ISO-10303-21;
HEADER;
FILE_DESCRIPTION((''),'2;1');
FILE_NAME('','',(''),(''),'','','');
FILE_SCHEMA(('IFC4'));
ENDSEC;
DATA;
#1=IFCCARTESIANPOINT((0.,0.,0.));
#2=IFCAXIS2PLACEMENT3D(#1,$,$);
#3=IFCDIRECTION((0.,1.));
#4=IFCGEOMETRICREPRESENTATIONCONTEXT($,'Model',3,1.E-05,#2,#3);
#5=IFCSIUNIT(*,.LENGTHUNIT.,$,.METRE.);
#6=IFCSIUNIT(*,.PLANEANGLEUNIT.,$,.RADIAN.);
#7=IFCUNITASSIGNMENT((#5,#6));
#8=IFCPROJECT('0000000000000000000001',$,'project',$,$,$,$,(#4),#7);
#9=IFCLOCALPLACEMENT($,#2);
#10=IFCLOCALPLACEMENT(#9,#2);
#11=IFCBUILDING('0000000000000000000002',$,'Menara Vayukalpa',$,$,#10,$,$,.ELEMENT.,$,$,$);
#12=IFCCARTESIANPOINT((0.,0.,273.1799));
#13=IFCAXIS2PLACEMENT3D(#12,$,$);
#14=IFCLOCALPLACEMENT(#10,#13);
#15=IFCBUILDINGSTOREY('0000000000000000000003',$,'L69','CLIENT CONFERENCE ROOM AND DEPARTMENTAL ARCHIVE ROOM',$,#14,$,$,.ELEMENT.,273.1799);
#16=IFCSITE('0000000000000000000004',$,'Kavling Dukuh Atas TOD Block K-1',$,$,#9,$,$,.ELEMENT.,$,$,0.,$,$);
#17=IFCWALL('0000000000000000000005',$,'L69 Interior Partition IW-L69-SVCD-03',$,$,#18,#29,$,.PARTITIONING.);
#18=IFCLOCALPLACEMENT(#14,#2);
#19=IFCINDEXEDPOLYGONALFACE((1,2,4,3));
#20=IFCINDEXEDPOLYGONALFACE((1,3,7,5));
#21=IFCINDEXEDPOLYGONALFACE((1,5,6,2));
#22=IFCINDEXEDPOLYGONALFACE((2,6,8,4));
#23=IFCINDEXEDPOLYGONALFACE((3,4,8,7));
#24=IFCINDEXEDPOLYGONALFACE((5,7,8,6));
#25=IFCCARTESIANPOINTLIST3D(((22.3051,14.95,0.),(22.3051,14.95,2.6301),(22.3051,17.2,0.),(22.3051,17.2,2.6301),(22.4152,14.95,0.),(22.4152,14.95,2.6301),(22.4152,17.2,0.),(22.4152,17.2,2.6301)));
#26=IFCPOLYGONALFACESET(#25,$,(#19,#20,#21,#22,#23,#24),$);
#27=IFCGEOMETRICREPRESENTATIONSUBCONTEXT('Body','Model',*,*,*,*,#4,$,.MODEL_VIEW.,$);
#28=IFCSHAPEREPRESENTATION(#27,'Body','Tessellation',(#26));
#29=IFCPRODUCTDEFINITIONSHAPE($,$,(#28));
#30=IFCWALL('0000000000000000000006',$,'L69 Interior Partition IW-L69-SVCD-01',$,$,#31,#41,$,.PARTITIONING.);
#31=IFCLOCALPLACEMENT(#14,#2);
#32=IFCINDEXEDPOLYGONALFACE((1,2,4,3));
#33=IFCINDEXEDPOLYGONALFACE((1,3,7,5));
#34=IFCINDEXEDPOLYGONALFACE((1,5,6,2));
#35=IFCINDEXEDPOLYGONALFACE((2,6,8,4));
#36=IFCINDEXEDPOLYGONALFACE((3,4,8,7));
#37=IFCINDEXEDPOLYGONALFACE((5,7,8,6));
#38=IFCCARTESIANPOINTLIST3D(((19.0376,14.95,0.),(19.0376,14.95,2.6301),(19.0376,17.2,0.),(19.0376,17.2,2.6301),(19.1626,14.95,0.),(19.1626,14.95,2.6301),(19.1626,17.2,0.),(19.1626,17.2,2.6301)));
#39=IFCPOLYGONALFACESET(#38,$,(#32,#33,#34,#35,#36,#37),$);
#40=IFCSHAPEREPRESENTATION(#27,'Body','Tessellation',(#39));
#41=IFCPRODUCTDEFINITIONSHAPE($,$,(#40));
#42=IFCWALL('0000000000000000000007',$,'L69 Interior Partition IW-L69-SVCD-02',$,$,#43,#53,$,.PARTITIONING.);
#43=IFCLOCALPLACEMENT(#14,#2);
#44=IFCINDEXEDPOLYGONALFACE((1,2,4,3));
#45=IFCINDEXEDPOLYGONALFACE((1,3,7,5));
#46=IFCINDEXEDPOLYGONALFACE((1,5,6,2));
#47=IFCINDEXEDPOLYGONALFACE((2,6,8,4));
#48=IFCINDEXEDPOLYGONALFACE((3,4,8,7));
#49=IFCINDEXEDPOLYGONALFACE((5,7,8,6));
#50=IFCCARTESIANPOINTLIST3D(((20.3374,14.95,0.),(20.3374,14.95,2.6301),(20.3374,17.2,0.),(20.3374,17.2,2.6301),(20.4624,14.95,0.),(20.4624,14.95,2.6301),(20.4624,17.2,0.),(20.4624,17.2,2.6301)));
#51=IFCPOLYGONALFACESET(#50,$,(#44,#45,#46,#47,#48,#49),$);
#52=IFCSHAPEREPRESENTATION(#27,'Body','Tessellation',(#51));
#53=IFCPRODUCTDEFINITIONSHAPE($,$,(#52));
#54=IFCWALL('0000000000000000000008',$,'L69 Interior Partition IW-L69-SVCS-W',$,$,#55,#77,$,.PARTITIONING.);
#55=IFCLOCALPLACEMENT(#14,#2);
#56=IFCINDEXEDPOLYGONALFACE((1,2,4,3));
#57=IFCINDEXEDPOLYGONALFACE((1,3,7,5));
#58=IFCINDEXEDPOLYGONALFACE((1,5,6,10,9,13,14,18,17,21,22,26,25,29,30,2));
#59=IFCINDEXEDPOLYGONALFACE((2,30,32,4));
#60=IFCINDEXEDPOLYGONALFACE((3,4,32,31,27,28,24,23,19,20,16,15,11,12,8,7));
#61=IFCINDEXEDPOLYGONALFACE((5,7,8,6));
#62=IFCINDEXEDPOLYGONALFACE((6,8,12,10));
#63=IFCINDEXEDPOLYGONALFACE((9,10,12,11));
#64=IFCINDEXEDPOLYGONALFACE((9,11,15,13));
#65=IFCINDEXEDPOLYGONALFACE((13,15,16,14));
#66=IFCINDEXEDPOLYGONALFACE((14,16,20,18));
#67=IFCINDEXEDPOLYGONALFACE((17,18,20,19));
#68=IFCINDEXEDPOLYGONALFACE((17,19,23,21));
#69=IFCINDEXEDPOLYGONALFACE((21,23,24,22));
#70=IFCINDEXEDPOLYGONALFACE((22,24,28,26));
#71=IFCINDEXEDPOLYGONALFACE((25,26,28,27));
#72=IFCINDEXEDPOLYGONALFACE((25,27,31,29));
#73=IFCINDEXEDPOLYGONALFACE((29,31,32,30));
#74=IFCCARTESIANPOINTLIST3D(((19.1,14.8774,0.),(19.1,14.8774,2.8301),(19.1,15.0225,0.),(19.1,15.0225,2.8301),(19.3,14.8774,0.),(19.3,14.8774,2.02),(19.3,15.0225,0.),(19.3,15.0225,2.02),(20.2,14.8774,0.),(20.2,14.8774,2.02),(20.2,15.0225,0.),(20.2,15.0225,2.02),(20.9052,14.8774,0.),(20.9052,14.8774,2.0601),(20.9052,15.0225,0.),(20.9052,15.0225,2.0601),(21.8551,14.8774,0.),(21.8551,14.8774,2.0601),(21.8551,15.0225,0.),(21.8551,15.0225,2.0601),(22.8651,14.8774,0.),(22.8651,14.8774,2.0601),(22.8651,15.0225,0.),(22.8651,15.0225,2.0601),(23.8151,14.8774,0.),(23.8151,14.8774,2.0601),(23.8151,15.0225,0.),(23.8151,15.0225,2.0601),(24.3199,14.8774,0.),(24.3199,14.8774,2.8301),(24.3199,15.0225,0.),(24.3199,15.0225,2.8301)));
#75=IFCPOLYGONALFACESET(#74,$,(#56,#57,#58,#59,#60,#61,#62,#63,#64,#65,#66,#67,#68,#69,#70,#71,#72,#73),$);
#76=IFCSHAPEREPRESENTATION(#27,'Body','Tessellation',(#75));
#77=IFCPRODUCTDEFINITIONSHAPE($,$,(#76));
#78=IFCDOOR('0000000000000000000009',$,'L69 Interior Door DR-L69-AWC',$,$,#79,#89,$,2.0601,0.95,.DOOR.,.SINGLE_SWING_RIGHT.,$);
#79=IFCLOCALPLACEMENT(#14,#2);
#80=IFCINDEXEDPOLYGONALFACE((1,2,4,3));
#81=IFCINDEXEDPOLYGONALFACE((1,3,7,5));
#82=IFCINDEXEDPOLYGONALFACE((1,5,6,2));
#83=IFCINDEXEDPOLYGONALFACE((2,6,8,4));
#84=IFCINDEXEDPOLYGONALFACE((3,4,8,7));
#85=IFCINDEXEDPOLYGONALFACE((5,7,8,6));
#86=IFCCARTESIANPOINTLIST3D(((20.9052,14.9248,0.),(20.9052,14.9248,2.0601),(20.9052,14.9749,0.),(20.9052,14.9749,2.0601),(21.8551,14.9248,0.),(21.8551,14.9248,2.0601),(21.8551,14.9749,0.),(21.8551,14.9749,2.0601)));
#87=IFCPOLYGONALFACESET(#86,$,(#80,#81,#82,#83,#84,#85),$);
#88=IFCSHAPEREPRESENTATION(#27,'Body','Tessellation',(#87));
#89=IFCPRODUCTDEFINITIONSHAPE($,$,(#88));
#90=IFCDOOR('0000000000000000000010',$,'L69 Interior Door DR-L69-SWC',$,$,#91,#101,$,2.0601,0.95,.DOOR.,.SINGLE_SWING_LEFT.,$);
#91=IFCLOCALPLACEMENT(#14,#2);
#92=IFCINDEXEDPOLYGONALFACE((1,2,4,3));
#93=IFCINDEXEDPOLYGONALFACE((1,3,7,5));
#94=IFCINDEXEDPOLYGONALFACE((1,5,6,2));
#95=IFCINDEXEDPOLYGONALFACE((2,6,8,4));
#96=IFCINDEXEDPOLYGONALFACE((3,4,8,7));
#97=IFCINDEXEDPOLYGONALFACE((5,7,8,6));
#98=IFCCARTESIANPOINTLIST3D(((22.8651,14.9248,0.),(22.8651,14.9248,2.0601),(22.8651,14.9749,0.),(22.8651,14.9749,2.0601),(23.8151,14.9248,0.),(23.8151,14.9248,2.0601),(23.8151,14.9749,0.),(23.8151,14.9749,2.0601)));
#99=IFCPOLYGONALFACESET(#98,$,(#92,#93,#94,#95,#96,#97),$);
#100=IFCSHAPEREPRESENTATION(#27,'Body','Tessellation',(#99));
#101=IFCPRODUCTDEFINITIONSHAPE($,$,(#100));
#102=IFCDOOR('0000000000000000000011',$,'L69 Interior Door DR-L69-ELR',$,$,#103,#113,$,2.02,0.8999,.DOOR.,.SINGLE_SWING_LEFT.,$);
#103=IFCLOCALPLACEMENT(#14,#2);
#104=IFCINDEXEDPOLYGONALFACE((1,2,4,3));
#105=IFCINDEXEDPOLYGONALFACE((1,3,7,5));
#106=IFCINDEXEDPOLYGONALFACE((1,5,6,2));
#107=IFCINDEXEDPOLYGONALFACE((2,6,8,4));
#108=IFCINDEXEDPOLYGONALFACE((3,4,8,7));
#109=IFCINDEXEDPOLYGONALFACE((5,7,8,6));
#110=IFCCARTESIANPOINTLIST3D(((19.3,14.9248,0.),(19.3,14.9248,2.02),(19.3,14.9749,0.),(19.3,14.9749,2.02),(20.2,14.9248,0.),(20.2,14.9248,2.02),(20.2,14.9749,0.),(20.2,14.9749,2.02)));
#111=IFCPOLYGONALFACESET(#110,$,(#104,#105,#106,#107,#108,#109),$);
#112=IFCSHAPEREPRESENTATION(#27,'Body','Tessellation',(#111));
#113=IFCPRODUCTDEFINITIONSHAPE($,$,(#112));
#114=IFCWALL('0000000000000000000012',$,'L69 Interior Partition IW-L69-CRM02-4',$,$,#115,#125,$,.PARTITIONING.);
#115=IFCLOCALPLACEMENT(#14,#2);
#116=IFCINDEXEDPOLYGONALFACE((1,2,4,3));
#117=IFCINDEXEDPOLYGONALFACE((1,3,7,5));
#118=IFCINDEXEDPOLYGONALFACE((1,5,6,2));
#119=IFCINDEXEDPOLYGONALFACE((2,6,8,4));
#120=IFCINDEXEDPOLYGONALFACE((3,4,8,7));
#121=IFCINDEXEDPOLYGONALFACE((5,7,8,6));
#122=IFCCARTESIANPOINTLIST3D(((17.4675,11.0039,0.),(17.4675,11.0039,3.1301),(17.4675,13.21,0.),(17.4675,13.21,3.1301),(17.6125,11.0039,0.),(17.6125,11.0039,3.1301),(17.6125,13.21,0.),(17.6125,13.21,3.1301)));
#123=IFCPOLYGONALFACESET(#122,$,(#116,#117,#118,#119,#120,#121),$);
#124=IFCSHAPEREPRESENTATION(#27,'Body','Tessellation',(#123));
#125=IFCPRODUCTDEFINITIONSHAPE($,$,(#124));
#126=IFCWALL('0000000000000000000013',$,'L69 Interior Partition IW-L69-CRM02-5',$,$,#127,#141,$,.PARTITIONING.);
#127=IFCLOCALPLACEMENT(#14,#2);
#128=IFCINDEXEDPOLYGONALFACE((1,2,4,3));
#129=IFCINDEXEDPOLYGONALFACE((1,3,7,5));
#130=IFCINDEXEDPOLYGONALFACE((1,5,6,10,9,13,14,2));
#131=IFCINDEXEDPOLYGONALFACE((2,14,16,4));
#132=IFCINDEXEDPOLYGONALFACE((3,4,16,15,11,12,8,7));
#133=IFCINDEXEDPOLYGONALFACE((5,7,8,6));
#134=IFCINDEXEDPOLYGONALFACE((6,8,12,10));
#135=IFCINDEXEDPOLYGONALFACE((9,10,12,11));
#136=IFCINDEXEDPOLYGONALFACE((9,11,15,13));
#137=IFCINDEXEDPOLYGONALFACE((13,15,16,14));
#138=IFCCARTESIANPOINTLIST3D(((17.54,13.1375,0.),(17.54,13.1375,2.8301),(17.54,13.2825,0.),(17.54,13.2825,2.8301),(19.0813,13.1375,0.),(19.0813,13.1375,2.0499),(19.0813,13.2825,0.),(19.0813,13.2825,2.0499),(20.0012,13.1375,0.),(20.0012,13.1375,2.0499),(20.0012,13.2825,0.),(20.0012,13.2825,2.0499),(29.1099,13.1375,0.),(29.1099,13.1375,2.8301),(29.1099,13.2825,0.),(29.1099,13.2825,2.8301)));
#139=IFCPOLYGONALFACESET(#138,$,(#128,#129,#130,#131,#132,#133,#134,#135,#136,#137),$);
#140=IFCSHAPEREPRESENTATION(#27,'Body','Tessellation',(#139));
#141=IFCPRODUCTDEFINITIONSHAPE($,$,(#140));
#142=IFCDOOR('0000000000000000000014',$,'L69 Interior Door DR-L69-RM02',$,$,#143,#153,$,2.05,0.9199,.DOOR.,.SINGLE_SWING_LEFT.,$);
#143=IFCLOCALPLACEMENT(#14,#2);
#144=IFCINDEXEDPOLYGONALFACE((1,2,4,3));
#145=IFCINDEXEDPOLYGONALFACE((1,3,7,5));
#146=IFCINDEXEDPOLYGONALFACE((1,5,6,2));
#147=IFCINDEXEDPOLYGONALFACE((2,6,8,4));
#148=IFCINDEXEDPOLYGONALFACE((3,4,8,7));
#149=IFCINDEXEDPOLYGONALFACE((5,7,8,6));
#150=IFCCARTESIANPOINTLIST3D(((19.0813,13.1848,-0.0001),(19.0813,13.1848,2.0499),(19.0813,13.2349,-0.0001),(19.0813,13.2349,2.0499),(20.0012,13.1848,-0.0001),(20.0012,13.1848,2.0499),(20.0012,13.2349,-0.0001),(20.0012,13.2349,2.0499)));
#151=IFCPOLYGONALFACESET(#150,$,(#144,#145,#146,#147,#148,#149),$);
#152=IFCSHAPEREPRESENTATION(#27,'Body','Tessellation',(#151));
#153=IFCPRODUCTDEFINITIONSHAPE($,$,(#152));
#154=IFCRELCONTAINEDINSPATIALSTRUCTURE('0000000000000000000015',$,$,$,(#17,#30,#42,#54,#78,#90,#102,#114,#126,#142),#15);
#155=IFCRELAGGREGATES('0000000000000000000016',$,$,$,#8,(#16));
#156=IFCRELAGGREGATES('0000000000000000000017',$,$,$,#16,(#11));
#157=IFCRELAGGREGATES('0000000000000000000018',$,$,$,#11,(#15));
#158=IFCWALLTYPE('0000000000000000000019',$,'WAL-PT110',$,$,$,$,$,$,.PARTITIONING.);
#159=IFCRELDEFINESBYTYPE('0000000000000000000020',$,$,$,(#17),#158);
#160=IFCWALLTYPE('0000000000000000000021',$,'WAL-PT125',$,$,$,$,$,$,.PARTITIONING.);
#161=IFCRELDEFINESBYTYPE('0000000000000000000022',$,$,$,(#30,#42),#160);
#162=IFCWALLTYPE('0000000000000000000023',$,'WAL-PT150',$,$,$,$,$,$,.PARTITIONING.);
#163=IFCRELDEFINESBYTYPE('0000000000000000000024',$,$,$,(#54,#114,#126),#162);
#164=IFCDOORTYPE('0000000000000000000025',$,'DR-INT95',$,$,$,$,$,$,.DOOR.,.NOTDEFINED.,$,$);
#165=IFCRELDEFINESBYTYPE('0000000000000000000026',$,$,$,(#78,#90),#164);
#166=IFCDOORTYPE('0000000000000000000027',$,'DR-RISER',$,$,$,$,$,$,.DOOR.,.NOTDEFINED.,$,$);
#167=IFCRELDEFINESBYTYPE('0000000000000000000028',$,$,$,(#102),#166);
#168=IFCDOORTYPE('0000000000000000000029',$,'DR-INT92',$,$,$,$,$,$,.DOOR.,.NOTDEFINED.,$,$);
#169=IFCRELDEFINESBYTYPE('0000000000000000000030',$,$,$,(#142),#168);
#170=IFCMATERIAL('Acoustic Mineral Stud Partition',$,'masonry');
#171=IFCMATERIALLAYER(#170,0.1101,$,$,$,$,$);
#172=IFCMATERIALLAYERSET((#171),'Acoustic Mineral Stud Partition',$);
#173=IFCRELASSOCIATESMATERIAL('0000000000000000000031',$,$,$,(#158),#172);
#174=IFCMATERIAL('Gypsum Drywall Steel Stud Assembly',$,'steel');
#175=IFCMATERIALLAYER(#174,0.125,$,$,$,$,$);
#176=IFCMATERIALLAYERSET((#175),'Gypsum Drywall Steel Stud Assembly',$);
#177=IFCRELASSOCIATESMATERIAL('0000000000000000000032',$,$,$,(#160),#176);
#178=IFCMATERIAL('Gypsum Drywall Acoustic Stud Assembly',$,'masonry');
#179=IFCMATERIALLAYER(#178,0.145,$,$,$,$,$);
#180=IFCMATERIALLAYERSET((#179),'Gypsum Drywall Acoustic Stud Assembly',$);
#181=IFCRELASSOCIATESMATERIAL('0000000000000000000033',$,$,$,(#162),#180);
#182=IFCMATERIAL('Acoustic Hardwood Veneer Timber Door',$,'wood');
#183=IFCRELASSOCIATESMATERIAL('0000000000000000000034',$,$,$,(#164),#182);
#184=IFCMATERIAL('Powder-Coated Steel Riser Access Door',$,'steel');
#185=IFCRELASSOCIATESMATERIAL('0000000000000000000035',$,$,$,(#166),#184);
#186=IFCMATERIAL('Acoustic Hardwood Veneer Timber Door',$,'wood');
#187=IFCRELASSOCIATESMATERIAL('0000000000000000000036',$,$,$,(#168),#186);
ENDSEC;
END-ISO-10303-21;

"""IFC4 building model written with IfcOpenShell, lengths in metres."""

from ifc_helpers import new_model, si_unit, direction, frame, frame_2d, origin, place, context, subcontext, project, spatial, rectangle, extrude, material, layer, layer_set, type_object, element, fill, save


model = new_model("IFC4")

# Units and contexts
model_context = context("Model", 3, precision=1e-05, world=origin(), true_north=direction((0.0, 1.0)))
body_context = subcontext(model_context, "Body", "Model", "MODEL_VIEW")
ifc_project = project(units=[si_unit("LENGTHUNIT", "METRE"), si_unit("PLANEANGLEUNIT", "RADIAN")], contexts=[model_context])

# Site, building, storey
site_placement = place(None, origin())
site = spatial("IfcSite", under=ifc_project, at=site_placement, Name="Kavling Dukuh Atas TOD Block K-1", CompositionType="ELEMENT", RefElevation=0.0)
building_placement = place(site_placement, origin())
building = spatial("IfcBuilding", under=site, at=building_placement, Name="Menara Vayukalpa", CompositionType="ELEMENT")
storey_placement = place(building_placement, frame((0.0, 0.0, 273.1799)))
storey = spatial("IfcBuildingStorey", under=building, at=storey_placement, Name="L69", Description="CLIENT CONFERENCE ROOM AND DEPARTMENTAL ARCHIVE ROOM", CompositionType="ELEMENT", Elevation=273.1799)

# Walls
ifc_material_1 = material(Name="Acoustic Mineral Stud Partition", Category="masonry")
ifc_layer_1 = layer(ifc_material_1, 0.1101)
ifc_layer_set_1 = layer_set([ifc_layer_1], Name="Acoustic Mineral Stud Partition")
wall_type_1 = type_object("IfcWallType", Name="WAL-PT110", PredefinedType="PARTITIONING", material=ifc_layer_set_1)
wall_1_placement = place(storey_placement, frame((22.3601, 14.95, 0.0), z_axis=(0.0, 0.0, 1.0), x_axis=(0.0, 1.0, 0.0)))
element("IfcWall", 1, at=wall_1_placement, inside=storey, type_object=wall_type_1, Name="L69 Interior Partition IW-L69-SVCD-03", PredefinedType="PARTITIONING", context=body_context, shape_type="SweptSolid", body=[
    extrude(rectangle(XDim=2.25, YDim=0.1101, at=frame_2d((1.125, 0.0))), origin(), (0.0, 0.0, 1.0), 2.6301),
])
ifc_material_2 = material(Name="Gypsum Drywall Steel Stud Assembly", Category="steel")
ifc_layer_2 = layer(ifc_material_2, 0.125)
ifc_layer_set_2 = layer_set([ifc_layer_2], Name="Gypsum Drywall Steel Stud Assembly")
wall_type_2 = type_object("IfcWallType", Name="WAL-PT125", PredefinedType="PARTITIONING", material=ifc_layer_set_2)
for number, where, z_axis, x_axis, name in (
    (2, (19.1001, 14.95, 0.0), (0.0, 0.0, 1.0), (0.0, 1.0, 0.0), "L69 Interior Partition IW-L69-SVCD-01"),
    (3, (20.3999, 14.95, 0.0), (0.0, 0.0, 1.0), (0.0, 1.0, 0.0), "L69 Interior Partition IW-L69-SVCD-02"),
):
    element("IfcWall", number, at=place(storey_placement, frame(where, z_axis=z_axis, x_axis=x_axis)), inside=storey, type_object=wall_type_2, Name=name, PredefinedType="PARTITIONING", context=body_context, shape_type="SweptSolid", body=[
        extrude(rectangle(XDim=2.25, YDim=0.125, at=frame_2d((1.125, 0.0))), origin(), (0.0, 0.0, 1.0), 2.6301),
    ])

# Wall, openings, doors
ifc_material_3 = material(Name="Gypsum Drywall Acoustic Stud Assembly", Category="masonry")
ifc_layer_3 = layer(ifc_material_3, 0.145)
ifc_layer_set_3 = layer_set([ifc_layer_3], Name="Gypsum Drywall Acoustic Stud Assembly")
wall_type_3 = type_object("IfcWallType", Name="WAL-PT150", PredefinedType="PARTITIONING", material=ifc_layer_set_3)
wall_2_placement = place(storey_placement, frame((19.1001, 14.95, 0.0), z_axis=(0.0, 0.0, 1.0), x_axis=(1.0, 0.0, 0.0)))
wall_2 = element("IfcWall", 4, at=wall_2_placement, inside=storey, type_object=wall_type_3, Name="L69 Interior Partition IW-L69-SVCS-W", PredefinedType="PARTITIONING", context=body_context, shape_type="SweptSolid", body=[
    extrude(rectangle(XDim=5.22, YDim=0.145, at=frame_2d((2.6099, 0.0))), origin(), (0.0, 0.0, 1.0), 2.8301),
])
opening_1_placement = place(wall_2_placement, frame((0.2, 0.0, 0.0)))
opening_1 = element("IfcOpeningElement", 5, at=opening_1_placement, cuts=wall_2, PredefinedType="OPENING", context=body_context, shape_type="SweptSolid", body=[
    extrude(rectangle(XDim=0.8999, YDim=2.02, at=frame_2d((0.45, 1.01))), frame((0.0, 0.0825, 0.0), z_axis=(0.0, -1.0, 0.0), x_axis=(1.0, 0.0, 0.0)), (0.0, 0.0, 1.0), 0.165),
])
opening_2_placement = place(wall_2_placement, frame((1.8049, 0.0, 0.0)))
opening_2 = element("IfcOpeningElement", 6, at=opening_2_placement, cuts=wall_2, PredefinedType="OPENING", context=body_context, shape_type="SweptSolid", body=[
    extrude(rectangle(XDim=0.95, YDim=2.0601, at=frame_2d((0.4751, 1.03))), frame((0.0, 0.0825, 0.0), z_axis=(0.0, -1.0, 0.0), x_axis=(1.0, 0.0, 0.0)), (0.0, 0.0, 1.0), 0.165),
])
opening_3_placement = place(wall_2_placement, frame((3.7649, 0.0, 0.0)))
opening_3 = element("IfcOpeningElement", 7, at=opening_3_placement, cuts=wall_2, PredefinedType="OPENING", context=body_context, shape_type="SweptSolid", body=[
    extrude(rectangle(XDim=0.95, YDim=2.0601, at=frame_2d((0.4751, 1.03))), frame((0.0, 0.0825, 0.0), z_axis=(0.0, -1.0, 0.0), x_axis=(1.0, 0.0, 0.0)), (0.0, 0.0, 1.0), 0.165),
])
ifc_material_4 = material(Name="Acoustic Hardwood Veneer Timber Door", Category="wood")
door_type_1 = type_object("IfcDoorType", Name="DR-INT95", OperationType="NOTDEFINED", PredefinedType="DOOR", material=ifc_material_4)
door_1_placement = place(opening_2_placement, origin())
door_1 = element("IfcDoor", 8, at=door_1_placement, inside=storey, type_object=door_type_1, Name="L69 Interior Door DR-L69-AWC", OperationType="SINGLE_SWING_RIGHT", OverallHeight=2.0601, OverallWidth=0.95, PredefinedType="DOOR", context=body_context, shape_type="SweptSolid", body=[
    extrude(rectangle(XDim=0.95, YDim=2.0601, at=frame_2d((0.4751, 1.03))), frame((0.0, 0.0249, 0.0), z_axis=(0.0, -1.0, 0.0), x_axis=(1.0, 0.0, 0.0)), (0.0, 0.0, 1.0), 0.05),
])
fill(opening_2, door_1)
door_2_placement = place(opening_3_placement, origin())
door_2 = element("IfcDoor", 9, at=door_2_placement, inside=storey, type_object=door_type_1, Name="L69 Interior Door DR-L69-SWC", OperationType="SINGLE_SWING_LEFT", OverallHeight=2.0601, OverallWidth=0.95, PredefinedType="DOOR", context=body_context, shape_type="SweptSolid", body=[
    extrude(rectangle(XDim=0.95, YDim=2.0601, at=frame_2d((0.4751, 1.03))), frame((0.0, 0.0249, 0.0), z_axis=(0.0, -1.0, 0.0), x_axis=(1.0, 0.0, 0.0)), (0.0, 0.0, 1.0), 0.05),
])
fill(opening_3, door_2)
ifc_material_5 = material(Name="Powder-Coated Steel Riser Access Door", Category="steel")
door_type_2 = type_object("IfcDoorType", Name="DR-RISER", OperationType="NOTDEFINED", PredefinedType="DOOR", material=ifc_material_5)
door_3_placement = place(opening_1_placement, origin())
door_3 = element("IfcDoor", 10, at=door_3_placement, inside=storey, type_object=door_type_2, Name="L69 Interior Door DR-L69-ELR", OperationType="SINGLE_SWING_LEFT", OverallHeight=2.02, OverallWidth=0.8999, PredefinedType="DOOR", context=body_context, shape_type="SweptSolid", body=[
    extrude(rectangle(XDim=0.8999, YDim=2.02, at=frame_2d((0.45, 1.01))), frame((0.0, 0.0249, 0.0), z_axis=(0.0, -1.0, 0.0), x_axis=(1.0, 0.0, 0.0)), (0.0, 0.0, 1.0), 0.05),
])
fill(opening_1, door_3)

# Wall
wall_3_placement = place(storey_placement, frame((17.54, 11.0039, 0.0), z_axis=(0.0, 0.0, 1.0), x_axis=(0.0, 1.0, 0.0)))
element("IfcWall", 11, at=wall_3_placement, inside=storey, type_object=wall_type_3, Name="L69 Interior Partition IW-L69-CRM02-4", PredefinedType="PARTITIONING", context=body_context, shape_type="SweptSolid", body=[
    extrude(rectangle(XDim=2.2061, YDim=0.145, at=frame_2d((1.103, 0.0))), origin(), (0.0, 0.0, 1.0), 3.1301),
])

# Wall, opening, door
wall_4_placement = place(storey_placement, frame((17.54, 13.21, 0.0), z_axis=(0.0, 0.0, 1.0), x_axis=(1.0, 0.0, 0.0)))
wall_4 = element("IfcWall", 12, at=wall_4_placement, inside=storey, type_object=wall_type_3, Name="L69 Interior Partition IW-L69-CRM02-5", PredefinedType="PARTITIONING", context=body_context, shape_type="SweptSolid", body=[
    extrude(rectangle(XDim=11.5698, YDim=0.145, at=frame_2d((5.7849, 0.0))), origin(), (0.0, 0.0, 1.0), 2.8301),
])
opening_4_placement = place(wall_4_placement, frame((1.5413, 0.0, 0.0)))
opening_4 = element("IfcOpeningElement", 13, at=opening_4_placement, cuts=wall_4, PredefinedType="OPENING", context=body_context, shape_type="SweptSolid", body=[
    extrude(rectangle(XDim=0.9199, YDim=2.05, at=frame_2d((0.46, 1.0249))), frame((0.0, 0.0825, 0.0), z_axis=(0.0, -1.0, 0.0), x_axis=(1.0, 0.0, 0.0)), (0.0, 0.0, 1.0), 0.165),
])
ifc_material_6 = material(Name="Acoustic Hardwood Veneer Timber Door", Category="wood")
door_type_3 = type_object("IfcDoorType", Name="DR-INT92", OperationType="NOTDEFINED", PredefinedType="DOOR", material=ifc_material_6)
door_4_placement = place(opening_4_placement, origin())
door_4 = element("IfcDoor", 14, at=door_4_placement, inside=storey, type_object=door_type_3, Name="L69 Interior Door DR-L69-RM02", OperationType="SINGLE_SWING_LEFT", OverallHeight=2.05, OverallWidth=0.9199, PredefinedType="DOOR", context=body_context, shape_type="SweptSolid", body=[
    extrude(rectangle(XDim=0.9199, YDim=2.05, at=frame_2d((0.46, 1.0249))), frame((0.0, 0.0249, 0.0), z_axis=(0.0, -1.0, 0.0), x_axis=(1.0, 0.0, 0.0)), (0.0, 0.0, 1.0), 0.05),
])
fill(opening_4, door_4)

save(model, "model.ifc")
